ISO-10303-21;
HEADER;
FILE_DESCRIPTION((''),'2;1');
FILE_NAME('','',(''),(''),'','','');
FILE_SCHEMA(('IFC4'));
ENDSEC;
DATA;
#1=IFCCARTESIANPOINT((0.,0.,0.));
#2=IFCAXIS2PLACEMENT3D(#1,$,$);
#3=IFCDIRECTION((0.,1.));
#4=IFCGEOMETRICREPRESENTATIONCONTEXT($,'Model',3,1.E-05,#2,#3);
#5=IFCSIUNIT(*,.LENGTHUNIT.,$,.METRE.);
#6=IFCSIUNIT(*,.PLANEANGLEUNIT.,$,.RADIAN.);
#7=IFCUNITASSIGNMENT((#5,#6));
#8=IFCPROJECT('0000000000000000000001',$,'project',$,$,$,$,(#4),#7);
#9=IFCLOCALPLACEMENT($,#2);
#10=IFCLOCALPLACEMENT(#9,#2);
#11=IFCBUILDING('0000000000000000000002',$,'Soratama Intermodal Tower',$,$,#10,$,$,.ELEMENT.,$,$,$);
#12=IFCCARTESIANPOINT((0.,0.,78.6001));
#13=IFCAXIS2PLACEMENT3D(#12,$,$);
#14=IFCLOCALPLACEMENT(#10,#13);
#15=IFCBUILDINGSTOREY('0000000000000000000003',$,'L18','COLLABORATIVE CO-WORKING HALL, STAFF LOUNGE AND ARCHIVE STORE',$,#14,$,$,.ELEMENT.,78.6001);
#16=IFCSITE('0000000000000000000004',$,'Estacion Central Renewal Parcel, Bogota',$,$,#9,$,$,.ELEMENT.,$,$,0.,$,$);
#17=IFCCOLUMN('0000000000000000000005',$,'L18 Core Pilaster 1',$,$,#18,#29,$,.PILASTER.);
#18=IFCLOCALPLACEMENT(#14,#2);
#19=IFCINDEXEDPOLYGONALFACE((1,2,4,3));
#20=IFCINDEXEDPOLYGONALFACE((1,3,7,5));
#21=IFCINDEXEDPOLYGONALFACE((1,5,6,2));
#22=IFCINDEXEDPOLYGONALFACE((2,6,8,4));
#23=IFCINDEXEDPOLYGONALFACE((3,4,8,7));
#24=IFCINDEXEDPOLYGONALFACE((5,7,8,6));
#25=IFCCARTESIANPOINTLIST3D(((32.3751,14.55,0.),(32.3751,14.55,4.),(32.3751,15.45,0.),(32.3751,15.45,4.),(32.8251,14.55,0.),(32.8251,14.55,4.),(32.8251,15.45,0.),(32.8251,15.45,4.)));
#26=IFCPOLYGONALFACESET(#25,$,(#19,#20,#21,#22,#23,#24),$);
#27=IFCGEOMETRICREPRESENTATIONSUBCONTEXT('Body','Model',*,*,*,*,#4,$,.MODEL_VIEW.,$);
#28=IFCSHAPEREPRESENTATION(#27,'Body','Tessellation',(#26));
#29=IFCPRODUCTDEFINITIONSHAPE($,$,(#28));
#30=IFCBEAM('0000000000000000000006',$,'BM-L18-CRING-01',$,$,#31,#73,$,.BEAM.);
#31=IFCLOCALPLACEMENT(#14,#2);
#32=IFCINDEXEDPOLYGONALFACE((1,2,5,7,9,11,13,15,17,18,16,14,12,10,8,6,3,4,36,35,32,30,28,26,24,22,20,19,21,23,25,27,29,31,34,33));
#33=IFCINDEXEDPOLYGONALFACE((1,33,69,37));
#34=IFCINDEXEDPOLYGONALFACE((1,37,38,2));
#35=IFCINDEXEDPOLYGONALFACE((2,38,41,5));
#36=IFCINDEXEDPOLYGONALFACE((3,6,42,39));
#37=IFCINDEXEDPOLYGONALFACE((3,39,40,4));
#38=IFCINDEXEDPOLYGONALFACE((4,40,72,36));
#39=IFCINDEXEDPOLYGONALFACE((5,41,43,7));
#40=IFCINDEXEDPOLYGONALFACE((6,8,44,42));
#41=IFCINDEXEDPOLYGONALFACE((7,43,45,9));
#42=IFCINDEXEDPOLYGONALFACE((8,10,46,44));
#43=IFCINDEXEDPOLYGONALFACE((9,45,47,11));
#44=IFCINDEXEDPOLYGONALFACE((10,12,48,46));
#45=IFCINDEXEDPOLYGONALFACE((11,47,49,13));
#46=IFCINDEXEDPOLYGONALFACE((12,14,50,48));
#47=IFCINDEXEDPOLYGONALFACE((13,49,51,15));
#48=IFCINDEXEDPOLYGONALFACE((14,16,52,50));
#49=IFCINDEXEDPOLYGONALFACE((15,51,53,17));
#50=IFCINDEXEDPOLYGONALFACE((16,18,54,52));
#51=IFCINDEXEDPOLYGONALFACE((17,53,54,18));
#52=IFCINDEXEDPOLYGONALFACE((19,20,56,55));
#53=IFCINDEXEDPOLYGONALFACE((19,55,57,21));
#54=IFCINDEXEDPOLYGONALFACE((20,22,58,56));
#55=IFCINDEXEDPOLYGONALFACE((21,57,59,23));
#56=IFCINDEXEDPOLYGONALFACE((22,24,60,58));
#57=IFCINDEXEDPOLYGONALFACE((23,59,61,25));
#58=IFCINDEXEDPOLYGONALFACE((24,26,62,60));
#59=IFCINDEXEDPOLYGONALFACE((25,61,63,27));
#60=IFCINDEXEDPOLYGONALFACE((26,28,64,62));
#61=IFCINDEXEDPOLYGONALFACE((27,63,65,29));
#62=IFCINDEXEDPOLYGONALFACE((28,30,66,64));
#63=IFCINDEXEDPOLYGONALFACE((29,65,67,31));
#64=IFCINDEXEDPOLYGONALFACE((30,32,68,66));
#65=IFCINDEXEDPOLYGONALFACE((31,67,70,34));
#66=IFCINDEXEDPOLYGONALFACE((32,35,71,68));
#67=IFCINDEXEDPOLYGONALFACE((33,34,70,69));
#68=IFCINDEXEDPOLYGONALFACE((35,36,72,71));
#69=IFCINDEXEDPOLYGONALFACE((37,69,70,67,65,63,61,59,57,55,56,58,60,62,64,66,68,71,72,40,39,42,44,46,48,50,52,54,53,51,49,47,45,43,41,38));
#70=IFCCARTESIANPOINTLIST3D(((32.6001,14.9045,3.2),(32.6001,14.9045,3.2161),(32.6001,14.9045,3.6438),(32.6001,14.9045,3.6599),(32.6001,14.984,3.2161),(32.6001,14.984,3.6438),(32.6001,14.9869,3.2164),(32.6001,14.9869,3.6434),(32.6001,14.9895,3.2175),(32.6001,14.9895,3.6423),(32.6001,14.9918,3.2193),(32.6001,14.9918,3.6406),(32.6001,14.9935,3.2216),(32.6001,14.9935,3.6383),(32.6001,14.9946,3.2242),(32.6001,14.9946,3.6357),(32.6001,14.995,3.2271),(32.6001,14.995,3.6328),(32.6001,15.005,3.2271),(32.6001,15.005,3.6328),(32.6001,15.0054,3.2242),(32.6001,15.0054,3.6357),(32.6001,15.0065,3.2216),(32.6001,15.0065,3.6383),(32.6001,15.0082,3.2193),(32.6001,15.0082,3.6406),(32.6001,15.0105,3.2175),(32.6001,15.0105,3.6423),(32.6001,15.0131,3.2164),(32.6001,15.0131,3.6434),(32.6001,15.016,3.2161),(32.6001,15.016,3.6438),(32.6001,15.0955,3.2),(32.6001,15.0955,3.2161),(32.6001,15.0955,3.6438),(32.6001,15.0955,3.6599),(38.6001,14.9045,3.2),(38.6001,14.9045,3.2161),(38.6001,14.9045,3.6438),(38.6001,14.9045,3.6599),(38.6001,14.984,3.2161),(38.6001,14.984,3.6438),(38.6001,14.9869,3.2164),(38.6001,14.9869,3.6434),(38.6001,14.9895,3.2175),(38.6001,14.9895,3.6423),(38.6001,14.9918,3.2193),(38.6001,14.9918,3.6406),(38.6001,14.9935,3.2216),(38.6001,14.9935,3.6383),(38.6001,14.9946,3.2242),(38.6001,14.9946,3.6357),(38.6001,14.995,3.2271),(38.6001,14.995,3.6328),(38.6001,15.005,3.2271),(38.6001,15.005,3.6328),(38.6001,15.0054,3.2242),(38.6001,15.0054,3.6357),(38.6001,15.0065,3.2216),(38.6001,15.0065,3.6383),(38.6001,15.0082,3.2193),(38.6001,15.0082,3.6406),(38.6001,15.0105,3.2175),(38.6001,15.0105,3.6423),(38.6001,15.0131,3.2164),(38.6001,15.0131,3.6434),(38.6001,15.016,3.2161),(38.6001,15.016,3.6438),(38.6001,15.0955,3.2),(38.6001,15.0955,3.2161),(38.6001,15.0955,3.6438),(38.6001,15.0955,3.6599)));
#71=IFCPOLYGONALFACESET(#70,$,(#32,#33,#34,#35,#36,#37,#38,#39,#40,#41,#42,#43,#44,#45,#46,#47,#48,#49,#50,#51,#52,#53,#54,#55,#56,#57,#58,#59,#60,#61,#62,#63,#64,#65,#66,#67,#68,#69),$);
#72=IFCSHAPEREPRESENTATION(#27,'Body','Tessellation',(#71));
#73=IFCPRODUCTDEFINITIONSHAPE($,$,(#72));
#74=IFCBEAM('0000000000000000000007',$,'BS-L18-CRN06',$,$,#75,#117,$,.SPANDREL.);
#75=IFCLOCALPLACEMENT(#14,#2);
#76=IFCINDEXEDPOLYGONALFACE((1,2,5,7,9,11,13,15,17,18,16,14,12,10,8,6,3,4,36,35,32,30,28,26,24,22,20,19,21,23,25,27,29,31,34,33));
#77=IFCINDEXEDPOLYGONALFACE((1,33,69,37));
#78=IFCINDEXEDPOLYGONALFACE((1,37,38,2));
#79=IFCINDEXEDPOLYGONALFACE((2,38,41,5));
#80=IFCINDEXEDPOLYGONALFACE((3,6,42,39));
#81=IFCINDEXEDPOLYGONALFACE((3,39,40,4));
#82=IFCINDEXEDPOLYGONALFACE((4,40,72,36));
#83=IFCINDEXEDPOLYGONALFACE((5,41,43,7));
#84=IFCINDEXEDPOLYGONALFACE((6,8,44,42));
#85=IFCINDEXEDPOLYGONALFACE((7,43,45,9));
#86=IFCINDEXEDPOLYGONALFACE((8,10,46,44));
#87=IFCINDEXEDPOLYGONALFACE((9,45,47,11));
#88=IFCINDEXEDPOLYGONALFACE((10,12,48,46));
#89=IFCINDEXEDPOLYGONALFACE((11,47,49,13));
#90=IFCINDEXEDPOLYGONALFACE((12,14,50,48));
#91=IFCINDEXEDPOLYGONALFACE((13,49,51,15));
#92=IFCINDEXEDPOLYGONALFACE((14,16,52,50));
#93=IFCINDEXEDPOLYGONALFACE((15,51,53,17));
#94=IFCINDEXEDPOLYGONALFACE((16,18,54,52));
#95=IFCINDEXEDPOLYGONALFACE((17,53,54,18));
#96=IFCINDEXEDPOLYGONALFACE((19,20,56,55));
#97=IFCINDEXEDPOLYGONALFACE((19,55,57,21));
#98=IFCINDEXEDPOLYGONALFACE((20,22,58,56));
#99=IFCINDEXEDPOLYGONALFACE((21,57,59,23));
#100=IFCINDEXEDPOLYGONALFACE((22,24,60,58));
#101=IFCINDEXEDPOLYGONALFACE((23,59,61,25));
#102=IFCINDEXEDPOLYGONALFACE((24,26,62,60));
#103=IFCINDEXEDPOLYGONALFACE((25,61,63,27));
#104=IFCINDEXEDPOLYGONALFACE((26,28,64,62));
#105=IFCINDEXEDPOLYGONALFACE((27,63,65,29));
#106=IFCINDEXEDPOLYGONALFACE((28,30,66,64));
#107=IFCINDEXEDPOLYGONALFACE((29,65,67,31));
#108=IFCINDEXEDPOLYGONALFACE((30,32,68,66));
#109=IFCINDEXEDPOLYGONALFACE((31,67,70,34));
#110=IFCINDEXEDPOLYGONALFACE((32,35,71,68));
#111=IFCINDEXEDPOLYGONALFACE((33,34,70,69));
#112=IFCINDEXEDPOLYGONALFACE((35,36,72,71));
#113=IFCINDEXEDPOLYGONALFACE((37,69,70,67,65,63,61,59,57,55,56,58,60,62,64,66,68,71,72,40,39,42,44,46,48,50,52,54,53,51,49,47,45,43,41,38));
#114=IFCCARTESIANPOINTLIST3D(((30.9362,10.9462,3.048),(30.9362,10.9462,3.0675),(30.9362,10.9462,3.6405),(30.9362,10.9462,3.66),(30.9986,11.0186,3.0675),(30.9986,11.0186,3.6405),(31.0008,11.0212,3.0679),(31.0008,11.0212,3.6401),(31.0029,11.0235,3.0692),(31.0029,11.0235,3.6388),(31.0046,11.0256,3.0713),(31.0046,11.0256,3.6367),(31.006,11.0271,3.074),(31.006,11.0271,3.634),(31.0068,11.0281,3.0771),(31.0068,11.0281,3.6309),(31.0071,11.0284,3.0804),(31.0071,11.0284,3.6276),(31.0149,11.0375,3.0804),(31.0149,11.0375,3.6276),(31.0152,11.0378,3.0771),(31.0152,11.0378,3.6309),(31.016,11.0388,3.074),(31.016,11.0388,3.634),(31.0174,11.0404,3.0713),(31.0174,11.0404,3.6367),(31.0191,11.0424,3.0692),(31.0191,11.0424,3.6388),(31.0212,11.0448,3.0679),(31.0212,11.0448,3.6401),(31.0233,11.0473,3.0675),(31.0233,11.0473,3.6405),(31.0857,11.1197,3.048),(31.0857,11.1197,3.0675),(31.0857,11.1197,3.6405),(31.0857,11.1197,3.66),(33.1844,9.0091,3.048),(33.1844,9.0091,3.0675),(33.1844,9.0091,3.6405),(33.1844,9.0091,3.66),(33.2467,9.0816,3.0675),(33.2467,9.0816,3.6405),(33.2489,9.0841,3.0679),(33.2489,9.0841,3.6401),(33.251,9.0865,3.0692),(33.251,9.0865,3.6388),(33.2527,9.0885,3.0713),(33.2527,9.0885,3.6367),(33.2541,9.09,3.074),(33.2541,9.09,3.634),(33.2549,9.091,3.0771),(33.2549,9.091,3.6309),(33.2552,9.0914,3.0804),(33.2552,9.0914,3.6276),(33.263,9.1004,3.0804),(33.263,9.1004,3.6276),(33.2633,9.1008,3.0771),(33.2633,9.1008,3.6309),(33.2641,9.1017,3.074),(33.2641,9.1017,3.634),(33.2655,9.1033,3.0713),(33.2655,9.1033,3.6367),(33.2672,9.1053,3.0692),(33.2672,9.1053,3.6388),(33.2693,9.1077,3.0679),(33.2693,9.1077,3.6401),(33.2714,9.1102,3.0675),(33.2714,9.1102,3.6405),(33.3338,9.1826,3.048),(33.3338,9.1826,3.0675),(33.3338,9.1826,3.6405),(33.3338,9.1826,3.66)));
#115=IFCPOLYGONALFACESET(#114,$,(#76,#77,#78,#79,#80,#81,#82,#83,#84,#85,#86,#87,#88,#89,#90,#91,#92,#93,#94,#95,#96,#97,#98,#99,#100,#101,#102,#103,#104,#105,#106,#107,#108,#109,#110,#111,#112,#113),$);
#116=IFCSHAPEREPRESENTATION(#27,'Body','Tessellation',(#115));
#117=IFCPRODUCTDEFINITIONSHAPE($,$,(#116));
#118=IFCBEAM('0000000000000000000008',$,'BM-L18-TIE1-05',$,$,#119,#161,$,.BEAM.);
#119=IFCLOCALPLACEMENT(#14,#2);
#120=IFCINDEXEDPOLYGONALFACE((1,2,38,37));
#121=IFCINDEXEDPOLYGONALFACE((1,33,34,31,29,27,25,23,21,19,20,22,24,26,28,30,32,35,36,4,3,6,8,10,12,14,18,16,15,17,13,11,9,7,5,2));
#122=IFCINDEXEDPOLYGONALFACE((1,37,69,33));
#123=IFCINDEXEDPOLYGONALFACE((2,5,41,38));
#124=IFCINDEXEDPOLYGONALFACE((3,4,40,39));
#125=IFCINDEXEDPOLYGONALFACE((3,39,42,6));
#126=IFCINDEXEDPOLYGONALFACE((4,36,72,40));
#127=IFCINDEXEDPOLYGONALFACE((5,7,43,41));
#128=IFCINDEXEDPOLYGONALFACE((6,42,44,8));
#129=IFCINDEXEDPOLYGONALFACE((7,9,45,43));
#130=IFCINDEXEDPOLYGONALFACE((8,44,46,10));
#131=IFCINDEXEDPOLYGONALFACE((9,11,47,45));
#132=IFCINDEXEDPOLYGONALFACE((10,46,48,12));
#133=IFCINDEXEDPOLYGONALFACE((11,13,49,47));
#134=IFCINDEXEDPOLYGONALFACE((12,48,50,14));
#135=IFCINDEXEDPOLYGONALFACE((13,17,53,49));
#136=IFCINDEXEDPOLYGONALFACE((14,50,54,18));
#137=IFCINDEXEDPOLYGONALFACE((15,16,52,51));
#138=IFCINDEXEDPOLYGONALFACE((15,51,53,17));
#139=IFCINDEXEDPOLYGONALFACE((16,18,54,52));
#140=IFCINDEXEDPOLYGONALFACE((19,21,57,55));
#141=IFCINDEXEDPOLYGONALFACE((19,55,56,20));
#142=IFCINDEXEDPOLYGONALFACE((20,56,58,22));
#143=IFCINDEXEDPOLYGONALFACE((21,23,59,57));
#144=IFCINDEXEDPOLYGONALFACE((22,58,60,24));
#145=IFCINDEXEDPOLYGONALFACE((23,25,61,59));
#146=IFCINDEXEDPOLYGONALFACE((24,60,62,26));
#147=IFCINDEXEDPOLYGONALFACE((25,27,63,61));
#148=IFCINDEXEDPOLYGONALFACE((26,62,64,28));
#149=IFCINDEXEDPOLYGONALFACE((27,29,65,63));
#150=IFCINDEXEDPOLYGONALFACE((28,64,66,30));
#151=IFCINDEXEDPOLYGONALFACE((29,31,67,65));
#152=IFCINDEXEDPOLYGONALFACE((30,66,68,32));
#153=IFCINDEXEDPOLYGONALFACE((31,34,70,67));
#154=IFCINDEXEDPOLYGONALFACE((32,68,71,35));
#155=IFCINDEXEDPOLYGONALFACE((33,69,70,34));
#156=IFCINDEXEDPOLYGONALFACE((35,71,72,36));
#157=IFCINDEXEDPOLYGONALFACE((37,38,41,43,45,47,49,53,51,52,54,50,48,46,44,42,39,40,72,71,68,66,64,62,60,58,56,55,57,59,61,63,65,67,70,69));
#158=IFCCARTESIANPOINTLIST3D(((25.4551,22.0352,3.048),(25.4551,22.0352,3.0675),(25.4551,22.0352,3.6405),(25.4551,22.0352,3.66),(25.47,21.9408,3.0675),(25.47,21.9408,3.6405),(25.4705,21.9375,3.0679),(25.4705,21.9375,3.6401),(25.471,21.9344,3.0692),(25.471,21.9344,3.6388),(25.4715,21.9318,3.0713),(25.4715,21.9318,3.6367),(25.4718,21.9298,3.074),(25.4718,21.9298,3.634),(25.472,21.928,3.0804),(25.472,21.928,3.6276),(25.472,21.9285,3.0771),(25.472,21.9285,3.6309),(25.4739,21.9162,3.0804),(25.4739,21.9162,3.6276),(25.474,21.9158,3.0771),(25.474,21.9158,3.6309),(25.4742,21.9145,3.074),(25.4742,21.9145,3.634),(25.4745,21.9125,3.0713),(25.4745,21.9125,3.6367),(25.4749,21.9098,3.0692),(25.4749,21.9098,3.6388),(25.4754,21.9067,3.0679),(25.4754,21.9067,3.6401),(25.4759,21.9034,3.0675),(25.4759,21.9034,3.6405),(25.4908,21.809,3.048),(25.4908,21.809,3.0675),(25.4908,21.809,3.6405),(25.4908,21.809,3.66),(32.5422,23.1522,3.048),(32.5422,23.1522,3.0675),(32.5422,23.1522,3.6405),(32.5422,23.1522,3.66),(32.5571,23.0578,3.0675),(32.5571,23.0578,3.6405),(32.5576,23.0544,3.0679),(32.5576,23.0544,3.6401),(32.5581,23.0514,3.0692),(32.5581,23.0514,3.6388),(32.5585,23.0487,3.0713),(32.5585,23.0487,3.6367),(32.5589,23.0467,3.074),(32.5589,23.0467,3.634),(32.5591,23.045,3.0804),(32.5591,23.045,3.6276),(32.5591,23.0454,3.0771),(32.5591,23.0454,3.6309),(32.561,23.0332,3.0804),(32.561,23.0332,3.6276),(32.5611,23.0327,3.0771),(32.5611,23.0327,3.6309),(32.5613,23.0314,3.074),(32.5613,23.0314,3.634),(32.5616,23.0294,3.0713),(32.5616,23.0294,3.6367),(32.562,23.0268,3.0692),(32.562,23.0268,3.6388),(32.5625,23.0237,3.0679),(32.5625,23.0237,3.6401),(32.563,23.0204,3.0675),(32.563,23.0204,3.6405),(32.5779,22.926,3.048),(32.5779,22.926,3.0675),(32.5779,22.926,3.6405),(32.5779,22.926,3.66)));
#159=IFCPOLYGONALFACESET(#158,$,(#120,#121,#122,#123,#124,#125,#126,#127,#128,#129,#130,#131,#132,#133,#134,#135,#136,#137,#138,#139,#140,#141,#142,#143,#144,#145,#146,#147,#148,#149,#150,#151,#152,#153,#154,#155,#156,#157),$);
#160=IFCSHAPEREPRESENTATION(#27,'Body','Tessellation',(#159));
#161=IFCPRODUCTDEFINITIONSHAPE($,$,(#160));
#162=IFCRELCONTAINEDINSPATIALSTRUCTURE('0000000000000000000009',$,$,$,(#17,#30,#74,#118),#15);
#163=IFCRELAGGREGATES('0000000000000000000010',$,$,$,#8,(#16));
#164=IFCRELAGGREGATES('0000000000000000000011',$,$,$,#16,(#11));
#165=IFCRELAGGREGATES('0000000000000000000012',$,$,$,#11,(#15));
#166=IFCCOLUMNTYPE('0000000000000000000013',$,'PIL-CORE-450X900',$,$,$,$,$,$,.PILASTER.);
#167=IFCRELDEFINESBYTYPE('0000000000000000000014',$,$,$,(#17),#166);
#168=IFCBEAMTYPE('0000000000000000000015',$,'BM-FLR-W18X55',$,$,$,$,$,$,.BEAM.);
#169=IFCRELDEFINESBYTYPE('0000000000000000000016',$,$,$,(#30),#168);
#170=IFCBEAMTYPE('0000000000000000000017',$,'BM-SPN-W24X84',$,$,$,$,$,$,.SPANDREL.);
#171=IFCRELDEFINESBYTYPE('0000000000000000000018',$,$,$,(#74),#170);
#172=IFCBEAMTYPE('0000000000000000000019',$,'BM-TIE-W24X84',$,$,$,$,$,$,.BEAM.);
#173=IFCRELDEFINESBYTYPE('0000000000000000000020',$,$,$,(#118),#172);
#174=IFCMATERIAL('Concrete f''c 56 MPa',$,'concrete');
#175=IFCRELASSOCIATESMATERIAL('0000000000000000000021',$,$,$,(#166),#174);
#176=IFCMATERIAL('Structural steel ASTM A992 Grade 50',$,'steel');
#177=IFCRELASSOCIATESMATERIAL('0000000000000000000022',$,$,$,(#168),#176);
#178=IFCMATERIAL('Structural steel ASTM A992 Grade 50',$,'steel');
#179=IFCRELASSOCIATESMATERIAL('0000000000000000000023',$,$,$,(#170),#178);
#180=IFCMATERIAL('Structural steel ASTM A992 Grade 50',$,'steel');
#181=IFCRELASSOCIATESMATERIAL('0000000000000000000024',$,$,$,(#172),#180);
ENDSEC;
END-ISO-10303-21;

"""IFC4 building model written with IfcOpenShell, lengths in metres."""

from ifc_helpers import new_model, si_unit, direction, frame, origin, origin_2d, place, context, subcontext, project, spatial, rectangle, i_section, extrude, material, material_profile, profile_set, type_object, element, save


model = new_model("IFC4")

# Units and contexts
model_context = context("Model", 3, precision=1e-05, world=origin(), true_north=direction((0.0, 1.0)))
body_context = subcontext(model_context, "Body", "Model", "MODEL_VIEW")
ifc_project = project(units=[si_unit("LENGTHUNIT", "METRE"), si_unit("PLANEANGLEUNIT", "RADIAN")], contexts=[model_context])

# Site, building, storey
site_placement = place(None, origin())
site = spatial("IfcSite", under=ifc_project, at=site_placement, Name="Estacion Central Renewal Parcel, Bogota", CompositionType="ELEMENT", RefElevation=0.0)
building_placement = place(site_placement, origin())
building = spatial("IfcBuilding", under=site, at=building_placement, Name="Soratama Intermodal Tower", CompositionType="ELEMENT")
storey_placement = place(building_placement, frame((0.0, 0.0, 78.6001)))
storey = spatial("IfcBuildingStorey", under=building, at=storey_placement, Name="L18", Description="COLLABORATIVE CO-WORKING HALL, STAFF LOUNGE AND ARCHIVE STORE", CompositionType="ELEMENT", Elevation=78.6001)

# Column
ifc_material_1 = material(Name="Concrete f'c 56 MPa", Category="concrete")
ifc_material_profile_1 = material_profile(ifc_material_1, rectangle(XDim=0.45, YDim=0.8999, at=origin_2d()), Name="RC450X900")
ifc_profile_set_1 = profile_set([ifc_material_profile_1], Name="Concrete f'c 56 MPa")
column_type = type_object("IfcColumnType", Name="PIL-CORE-450X900", PredefinedType="PILASTER", material=ifc_profile_set_1)
column_placement = place(storey_placement, frame((32.6001, 15.0, 0.0), z_axis=(0.0, 0.0, 1.0), x_axis=(1.0, 0.0, 0.0)))
element("IfcColumn", 1, at=column_placement, inside=storey, type_object=column_type, Name="L18 Core Pilaster 1", PredefinedType="PILASTER", context=body_context, shape_type="SweptSolid", body=[
    extrude(rectangle(XDim=0.45, YDim=0.8999, at=origin_2d()), origin(), (0.0, 0.0, 1.0), 4.0),
])

# Beams
ifc_material_2 = material(Name="Structural steel ASTM A992 Grade 50", Category="steel")
ifc_material_profile_2 = material_profile(ifc_material_2, i_section(OverallWidth=0.1909, OverallDepth=0.46, WebThickness=0.01, FlangeThickness=0.0161, FilletRadius=0.011, at=origin_2d()), Name="W18X55")
ifc_profile_set_2 = profile_set([ifc_material_profile_2], Name="Structural steel ASTM A992 Grade 50")
beam_type_1 = type_object("IfcBeamType", Name="BM-FLR-W18X55", PredefinedType="BEAM", material=ifc_profile_set_2)
beam_1_placement = place(storey_placement, frame((32.6001, 15.0, 3.4299), z_axis=(1.0, 0.0, 0.0), x_axis=(0.0, 1.0, 0.0)))
element("IfcBeam", 2, at=beam_1_placement, inside=storey, type_object=beam_type_1, Name="BM-L18-CRING-01", PredefinedType="BEAM", context=body_context, shape_type="SweptSolid", body=[
    extrude(i_section(OverallWidth=0.1909, OverallDepth=0.46, WebThickness=0.01, FlangeThickness=0.0161, FilletRadius=0.011, at=origin_2d()), origin(), (0.0, 0.0, 1.0), 6.0),
])
ifc_material_3 = material(Name="Structural steel ASTM A992 Grade 50", Category="steel")
ifc_material_profile_3 = material_profile(ifc_material_3, i_section(OverallWidth=0.229, OverallDepth=0.6121, WebThickness=0.012, FlangeThickness=0.0195, FilletRadius=0.0129, at=origin_2d()), Name="W24X84")
ifc_profile_set_3 = profile_set([ifc_material_profile_3], Name="Structural steel ASTM A992 Grade 50")
beam_type_2 = type_object("IfcBeamType", Name="BM-SPN-W24X84", PredefinedType="SPANDREL", material=ifc_profile_set_3)
beam_2_placement = place(storey_placement, frame((31.011, 11.033, 3.354), z_axis=(0.75757, -0.652754, 0.0), x_axis=(0.652754, 0.75757, 0.0)))
element("IfcBeam", 3, at=beam_2_placement, inside=storey, type_object=beam_type_2, Name="BS-L18-CRN06", PredefinedType="SPANDREL", context=body_context, shape_type="SweptSolid", body=[
    extrude(i_section(OverallWidth=0.229, OverallDepth=0.6121, WebThickness=0.012, FlangeThickness=0.0195, FilletRadius=0.0129, at=origin_2d()), origin(), (0.0, 0.0, 1.0), 2.9675),
])
ifc_material_4 = material(Name="Structural steel ASTM A992 Grade 50", Category="steel")
ifc_material_profile_4 = material_profile(ifc_material_4, i_section(OverallWidth=0.229, OverallDepth=0.6121, WebThickness=0.012, FlangeThickness=0.0195, FilletRadius=0.0129, at=origin_2d()), Name="W24X84")
ifc_profile_set_4 = profile_set([ifc_material_profile_4], Name="Structural steel ASTM A992 Grade 50")
beam_type_3 = type_object("IfcBeamType", Name="BM-TIE-W24X84", PredefinedType="BEAM", material=ifc_profile_set_4)
beam_3_placement = place(storey_placement, frame((32.5601, 23.0391, 3.354), z_axis=(-0.987808, -0.155679, 0.0), x_axis=(0.155679, -0.987808, 0.0)))
element("IfcBeam", 4, at=beam_3_placement, inside=storey, type_object=beam_type_3, Name="BM-L18-TIE1-05", PredefinedType="BEAM", context=body_context, shape_type="SweptSolid", body=[
    extrude(i_section(OverallWidth=0.229, OverallDepth=0.6121, WebThickness=0.012, FlangeThickness=0.0195, FilletRadius=0.0129, at=origin_2d()), origin(), (0.0, 0.0, 1.0), 7.1746),
])

save(model, "model.ifc")
